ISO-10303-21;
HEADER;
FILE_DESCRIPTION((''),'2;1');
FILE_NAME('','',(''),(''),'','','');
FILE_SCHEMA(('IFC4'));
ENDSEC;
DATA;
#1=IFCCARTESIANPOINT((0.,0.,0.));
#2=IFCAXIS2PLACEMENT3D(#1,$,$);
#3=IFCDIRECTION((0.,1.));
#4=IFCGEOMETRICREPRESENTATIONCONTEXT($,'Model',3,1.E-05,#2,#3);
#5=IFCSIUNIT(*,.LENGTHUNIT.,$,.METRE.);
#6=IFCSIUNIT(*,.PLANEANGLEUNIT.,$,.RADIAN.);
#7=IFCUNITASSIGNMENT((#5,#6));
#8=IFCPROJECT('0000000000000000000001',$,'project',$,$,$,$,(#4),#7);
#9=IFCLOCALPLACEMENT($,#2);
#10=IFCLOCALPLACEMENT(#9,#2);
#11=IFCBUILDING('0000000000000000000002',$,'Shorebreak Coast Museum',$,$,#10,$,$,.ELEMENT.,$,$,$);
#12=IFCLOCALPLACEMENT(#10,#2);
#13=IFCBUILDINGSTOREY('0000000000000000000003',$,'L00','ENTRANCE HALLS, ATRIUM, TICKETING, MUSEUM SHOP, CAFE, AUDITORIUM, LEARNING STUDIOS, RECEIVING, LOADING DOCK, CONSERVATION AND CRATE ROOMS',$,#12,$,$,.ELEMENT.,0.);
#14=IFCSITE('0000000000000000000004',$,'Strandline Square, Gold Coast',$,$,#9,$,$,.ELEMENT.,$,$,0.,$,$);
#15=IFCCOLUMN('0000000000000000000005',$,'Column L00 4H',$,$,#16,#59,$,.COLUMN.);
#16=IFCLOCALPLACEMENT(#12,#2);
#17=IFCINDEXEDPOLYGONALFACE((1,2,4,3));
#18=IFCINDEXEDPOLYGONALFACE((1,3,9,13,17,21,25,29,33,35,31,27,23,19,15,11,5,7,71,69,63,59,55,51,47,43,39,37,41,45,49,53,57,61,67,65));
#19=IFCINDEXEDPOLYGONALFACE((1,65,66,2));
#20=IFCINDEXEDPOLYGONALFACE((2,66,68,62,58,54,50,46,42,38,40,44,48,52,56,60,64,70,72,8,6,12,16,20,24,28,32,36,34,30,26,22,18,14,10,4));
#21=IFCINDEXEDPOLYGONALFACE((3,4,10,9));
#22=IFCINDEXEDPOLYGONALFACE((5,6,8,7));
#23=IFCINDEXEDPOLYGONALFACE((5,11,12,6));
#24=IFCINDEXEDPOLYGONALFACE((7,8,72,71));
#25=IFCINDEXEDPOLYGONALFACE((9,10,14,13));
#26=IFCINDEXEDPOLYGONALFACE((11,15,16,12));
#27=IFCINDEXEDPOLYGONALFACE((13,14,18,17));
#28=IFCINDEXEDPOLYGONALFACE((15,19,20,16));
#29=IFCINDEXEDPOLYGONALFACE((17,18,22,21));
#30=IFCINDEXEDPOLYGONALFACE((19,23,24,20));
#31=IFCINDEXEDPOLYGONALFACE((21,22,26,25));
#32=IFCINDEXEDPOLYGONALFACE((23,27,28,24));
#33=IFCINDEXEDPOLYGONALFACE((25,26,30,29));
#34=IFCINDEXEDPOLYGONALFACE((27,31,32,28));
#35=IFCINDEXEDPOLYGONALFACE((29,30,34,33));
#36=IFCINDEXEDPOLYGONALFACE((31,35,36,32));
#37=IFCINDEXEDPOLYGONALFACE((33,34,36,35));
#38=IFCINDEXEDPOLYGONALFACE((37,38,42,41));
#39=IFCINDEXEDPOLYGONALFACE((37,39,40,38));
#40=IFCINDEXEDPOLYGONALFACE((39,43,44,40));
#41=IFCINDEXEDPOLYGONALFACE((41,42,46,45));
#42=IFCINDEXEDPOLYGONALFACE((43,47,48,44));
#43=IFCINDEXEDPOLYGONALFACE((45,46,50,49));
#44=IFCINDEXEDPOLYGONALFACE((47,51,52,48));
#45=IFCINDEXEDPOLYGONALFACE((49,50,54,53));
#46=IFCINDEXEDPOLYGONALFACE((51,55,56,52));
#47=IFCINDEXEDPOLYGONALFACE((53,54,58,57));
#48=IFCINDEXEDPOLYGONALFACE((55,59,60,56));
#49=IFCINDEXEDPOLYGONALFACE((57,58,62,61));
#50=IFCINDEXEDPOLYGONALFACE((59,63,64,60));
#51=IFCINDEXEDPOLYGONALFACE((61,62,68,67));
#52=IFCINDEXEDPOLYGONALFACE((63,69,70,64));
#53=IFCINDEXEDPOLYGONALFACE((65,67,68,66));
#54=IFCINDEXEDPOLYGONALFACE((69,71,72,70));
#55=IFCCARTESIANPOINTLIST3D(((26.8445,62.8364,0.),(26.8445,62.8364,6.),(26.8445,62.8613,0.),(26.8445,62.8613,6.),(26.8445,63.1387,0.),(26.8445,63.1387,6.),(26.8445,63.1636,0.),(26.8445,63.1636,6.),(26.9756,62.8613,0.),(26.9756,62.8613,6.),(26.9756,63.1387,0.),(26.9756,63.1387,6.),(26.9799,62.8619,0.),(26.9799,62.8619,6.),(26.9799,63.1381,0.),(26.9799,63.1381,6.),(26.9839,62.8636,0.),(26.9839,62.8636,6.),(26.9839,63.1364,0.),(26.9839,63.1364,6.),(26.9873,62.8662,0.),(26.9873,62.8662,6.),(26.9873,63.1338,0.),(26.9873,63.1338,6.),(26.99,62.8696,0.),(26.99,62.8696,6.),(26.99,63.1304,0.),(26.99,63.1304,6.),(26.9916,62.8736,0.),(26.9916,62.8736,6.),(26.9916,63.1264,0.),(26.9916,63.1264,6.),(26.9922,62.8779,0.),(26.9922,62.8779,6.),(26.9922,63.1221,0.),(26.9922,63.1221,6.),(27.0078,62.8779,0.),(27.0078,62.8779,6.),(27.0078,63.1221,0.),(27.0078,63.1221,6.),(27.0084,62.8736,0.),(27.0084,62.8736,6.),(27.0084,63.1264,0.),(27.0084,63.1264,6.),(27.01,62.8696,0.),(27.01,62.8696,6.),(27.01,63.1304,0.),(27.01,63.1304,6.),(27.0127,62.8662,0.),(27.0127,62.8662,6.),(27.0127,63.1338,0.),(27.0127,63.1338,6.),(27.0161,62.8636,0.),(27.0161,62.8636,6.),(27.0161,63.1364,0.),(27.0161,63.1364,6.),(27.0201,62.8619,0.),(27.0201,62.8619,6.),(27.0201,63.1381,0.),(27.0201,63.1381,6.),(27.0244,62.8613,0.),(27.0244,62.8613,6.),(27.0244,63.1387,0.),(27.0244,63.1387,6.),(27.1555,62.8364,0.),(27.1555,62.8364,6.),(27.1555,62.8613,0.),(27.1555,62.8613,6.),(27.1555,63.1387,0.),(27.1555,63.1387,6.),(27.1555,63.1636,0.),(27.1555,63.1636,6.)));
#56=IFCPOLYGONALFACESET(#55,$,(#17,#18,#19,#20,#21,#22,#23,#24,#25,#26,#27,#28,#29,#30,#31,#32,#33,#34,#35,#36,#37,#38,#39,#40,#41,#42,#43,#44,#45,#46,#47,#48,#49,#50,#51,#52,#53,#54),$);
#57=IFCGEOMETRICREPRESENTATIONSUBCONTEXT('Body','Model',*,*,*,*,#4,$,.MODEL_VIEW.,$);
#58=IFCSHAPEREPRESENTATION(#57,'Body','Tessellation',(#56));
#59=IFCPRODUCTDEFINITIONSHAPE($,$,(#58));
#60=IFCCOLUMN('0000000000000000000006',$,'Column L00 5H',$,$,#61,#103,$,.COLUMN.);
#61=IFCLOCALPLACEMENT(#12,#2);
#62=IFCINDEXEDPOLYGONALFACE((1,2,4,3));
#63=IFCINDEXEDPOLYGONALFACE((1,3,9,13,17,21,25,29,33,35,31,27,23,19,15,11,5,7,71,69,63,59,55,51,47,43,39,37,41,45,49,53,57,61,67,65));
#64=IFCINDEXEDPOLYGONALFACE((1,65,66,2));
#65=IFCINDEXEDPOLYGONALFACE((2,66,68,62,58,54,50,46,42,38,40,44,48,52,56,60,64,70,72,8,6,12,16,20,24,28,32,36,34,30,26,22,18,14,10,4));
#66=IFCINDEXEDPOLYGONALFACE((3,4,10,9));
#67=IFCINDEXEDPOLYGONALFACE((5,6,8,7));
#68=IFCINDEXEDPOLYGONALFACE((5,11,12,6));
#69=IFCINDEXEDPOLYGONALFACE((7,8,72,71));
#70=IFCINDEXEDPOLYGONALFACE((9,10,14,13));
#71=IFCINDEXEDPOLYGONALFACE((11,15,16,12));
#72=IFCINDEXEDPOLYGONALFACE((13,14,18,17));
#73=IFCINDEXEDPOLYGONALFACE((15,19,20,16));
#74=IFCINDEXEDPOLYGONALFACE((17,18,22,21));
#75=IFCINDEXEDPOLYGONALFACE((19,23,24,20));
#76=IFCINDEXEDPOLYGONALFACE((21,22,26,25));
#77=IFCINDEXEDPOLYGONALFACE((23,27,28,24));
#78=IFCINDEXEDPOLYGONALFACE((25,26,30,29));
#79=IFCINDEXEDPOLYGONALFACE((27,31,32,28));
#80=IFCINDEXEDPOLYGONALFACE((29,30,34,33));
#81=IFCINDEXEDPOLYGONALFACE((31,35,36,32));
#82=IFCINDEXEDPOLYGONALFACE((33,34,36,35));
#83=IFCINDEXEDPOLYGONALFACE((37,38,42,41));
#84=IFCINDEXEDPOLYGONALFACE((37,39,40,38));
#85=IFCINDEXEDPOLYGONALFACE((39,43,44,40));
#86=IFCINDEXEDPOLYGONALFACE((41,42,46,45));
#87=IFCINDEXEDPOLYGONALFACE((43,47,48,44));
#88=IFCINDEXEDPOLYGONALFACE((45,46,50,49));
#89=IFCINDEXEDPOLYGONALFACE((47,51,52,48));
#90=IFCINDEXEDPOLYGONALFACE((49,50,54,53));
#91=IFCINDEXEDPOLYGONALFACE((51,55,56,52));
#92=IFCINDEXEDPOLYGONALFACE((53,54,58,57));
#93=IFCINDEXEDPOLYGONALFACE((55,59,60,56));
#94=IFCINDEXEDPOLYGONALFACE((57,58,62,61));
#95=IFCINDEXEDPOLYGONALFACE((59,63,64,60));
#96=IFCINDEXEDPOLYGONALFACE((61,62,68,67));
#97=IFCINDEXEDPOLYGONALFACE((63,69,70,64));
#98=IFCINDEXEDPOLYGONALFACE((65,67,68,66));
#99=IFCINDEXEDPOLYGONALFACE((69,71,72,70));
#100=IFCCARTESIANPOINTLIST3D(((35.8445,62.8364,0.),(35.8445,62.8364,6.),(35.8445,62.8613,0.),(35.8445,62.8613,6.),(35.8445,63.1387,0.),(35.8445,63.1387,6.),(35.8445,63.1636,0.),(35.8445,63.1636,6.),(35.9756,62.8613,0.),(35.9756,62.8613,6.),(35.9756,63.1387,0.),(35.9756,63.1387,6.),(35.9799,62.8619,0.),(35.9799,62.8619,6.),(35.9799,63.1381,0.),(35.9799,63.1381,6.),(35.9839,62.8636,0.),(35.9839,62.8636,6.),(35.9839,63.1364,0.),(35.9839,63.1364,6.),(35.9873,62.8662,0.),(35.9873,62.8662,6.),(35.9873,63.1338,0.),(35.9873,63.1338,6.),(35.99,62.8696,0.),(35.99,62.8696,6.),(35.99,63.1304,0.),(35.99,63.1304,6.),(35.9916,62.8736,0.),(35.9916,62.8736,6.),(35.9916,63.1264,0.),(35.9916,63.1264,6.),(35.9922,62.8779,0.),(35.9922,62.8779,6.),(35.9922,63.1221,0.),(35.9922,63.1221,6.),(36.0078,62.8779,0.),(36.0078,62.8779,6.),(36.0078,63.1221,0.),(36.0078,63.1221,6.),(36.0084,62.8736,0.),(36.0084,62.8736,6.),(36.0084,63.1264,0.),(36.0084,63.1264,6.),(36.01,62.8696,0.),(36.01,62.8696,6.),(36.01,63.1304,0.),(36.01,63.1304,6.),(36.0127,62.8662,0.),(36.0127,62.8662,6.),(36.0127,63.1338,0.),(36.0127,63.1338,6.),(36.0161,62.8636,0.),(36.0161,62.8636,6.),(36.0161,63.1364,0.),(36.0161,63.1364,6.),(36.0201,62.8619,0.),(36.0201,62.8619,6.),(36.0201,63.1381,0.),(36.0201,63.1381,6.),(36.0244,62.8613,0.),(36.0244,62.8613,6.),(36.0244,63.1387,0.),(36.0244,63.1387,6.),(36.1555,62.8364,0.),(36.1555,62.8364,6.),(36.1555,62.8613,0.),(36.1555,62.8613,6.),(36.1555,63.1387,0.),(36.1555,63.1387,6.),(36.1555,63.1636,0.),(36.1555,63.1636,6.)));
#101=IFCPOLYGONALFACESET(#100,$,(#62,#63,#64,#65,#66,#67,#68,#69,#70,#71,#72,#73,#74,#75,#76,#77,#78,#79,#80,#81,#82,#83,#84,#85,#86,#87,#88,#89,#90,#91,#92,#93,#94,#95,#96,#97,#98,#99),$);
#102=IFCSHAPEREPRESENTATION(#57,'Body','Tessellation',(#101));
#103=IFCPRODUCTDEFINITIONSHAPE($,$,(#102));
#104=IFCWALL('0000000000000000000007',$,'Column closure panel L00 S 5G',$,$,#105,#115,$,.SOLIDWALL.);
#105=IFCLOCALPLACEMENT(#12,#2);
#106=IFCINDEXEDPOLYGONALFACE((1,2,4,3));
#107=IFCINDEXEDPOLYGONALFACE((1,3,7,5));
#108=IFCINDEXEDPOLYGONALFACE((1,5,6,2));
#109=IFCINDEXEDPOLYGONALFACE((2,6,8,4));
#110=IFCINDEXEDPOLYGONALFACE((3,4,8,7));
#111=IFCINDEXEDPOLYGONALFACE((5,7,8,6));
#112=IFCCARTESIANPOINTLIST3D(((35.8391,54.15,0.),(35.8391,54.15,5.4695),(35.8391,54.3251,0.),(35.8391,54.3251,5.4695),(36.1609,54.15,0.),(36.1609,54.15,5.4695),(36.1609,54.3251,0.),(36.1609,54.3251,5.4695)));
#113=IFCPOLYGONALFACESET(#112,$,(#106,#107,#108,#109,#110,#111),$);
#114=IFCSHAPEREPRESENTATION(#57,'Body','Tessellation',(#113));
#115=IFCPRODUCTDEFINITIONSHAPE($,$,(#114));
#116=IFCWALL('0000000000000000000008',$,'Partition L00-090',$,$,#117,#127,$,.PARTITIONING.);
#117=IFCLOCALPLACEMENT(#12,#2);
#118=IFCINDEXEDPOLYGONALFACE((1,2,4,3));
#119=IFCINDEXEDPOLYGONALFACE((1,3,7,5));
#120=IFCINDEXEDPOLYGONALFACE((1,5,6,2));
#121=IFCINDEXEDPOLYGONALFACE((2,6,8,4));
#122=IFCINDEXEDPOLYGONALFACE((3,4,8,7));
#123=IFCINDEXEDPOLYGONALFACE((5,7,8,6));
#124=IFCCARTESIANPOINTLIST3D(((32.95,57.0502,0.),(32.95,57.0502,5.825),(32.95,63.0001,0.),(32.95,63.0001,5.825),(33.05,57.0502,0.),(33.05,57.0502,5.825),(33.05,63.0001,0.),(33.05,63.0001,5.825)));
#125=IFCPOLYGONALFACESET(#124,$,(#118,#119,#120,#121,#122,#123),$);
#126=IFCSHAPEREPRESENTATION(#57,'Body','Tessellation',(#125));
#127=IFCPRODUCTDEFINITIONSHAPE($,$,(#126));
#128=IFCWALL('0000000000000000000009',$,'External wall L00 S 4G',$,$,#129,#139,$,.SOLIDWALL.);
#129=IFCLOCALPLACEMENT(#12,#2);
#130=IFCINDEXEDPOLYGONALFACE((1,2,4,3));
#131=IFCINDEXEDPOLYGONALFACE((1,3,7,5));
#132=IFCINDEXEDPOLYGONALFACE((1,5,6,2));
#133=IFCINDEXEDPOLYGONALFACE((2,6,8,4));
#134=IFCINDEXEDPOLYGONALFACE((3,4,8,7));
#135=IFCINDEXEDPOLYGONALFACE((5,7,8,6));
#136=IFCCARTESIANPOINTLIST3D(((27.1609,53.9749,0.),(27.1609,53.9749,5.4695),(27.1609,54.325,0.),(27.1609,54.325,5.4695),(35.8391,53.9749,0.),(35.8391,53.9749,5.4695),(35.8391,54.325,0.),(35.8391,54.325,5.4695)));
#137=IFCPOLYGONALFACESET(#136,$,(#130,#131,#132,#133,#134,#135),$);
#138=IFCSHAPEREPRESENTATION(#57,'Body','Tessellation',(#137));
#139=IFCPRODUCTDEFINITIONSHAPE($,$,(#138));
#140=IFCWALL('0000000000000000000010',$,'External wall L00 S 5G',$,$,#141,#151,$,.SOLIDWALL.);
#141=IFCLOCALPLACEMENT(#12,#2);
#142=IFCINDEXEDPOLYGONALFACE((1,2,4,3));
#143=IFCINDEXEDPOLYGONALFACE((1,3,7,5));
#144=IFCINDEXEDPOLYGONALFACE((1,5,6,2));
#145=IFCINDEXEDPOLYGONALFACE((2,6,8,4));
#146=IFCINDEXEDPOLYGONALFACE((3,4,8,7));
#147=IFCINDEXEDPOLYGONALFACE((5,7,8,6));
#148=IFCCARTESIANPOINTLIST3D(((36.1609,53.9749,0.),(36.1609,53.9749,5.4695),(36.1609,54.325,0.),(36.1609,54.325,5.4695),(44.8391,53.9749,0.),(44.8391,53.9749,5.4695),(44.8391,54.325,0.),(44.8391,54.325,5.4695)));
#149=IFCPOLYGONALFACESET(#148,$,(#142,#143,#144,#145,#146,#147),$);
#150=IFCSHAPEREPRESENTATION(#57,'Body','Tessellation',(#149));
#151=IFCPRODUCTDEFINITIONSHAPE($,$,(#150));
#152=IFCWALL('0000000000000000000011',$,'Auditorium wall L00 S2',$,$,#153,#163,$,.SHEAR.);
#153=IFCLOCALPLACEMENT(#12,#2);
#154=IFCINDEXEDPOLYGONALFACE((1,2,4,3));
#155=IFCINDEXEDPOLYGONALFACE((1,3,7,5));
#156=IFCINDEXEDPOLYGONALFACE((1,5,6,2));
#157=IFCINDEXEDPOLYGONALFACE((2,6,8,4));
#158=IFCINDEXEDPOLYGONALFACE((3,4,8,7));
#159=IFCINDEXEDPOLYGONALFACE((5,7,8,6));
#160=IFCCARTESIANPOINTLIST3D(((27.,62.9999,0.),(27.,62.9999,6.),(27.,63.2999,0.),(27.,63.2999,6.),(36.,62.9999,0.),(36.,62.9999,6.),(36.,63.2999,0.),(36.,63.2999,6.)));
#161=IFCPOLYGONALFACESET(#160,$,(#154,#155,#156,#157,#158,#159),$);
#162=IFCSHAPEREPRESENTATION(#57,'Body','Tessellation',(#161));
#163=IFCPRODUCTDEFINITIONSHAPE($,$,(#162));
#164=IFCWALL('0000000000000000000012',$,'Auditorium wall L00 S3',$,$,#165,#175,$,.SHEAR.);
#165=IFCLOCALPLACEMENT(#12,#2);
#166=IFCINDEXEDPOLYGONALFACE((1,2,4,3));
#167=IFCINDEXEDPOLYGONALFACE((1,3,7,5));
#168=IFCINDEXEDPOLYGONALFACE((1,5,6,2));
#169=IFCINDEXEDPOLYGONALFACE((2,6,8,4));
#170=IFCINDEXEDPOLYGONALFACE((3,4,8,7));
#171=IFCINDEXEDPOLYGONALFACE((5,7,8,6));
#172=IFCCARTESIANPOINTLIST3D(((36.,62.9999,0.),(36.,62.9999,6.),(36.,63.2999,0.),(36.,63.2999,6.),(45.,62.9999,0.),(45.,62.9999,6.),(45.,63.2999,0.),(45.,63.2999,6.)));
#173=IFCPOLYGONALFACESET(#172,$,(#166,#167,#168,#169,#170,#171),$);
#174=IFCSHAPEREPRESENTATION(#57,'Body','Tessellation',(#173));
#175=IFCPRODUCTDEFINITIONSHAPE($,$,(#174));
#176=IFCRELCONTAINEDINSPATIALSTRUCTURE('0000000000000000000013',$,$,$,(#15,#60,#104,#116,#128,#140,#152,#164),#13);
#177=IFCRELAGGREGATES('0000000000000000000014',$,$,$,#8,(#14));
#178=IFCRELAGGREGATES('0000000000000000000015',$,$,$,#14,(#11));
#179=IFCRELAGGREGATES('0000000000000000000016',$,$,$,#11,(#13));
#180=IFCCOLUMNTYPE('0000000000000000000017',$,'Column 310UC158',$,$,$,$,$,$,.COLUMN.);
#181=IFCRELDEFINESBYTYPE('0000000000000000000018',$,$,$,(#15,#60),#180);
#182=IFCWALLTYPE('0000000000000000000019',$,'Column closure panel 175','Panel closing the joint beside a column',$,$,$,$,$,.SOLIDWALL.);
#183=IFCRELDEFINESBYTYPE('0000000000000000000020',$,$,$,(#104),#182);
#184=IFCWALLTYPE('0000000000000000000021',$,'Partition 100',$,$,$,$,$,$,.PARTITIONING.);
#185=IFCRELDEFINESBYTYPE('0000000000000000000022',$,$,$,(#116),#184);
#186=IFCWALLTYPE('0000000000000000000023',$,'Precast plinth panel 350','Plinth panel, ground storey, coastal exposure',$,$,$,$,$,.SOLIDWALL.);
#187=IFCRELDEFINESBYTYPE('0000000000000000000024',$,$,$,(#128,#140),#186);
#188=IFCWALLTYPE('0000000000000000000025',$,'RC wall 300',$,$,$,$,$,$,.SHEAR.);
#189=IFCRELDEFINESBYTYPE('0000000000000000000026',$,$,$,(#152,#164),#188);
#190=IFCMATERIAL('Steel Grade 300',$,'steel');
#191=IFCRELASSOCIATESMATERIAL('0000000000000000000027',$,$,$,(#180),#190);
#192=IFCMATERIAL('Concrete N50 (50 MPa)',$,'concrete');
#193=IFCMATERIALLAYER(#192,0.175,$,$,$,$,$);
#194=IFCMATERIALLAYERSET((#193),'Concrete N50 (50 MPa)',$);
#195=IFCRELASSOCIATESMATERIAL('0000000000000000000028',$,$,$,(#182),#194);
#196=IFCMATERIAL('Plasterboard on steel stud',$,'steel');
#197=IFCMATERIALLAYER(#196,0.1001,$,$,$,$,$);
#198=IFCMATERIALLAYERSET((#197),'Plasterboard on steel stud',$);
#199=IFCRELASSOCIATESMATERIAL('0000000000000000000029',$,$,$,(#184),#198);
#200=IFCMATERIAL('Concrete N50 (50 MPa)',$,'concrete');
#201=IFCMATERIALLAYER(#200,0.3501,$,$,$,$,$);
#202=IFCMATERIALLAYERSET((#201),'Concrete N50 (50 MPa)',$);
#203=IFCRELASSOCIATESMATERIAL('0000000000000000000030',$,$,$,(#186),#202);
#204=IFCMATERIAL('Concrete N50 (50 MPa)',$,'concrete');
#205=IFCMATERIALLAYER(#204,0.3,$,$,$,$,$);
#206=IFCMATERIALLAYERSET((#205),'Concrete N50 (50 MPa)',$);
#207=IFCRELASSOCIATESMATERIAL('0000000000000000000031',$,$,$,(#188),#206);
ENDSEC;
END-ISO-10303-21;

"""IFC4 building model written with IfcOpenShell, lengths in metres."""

from ifc_helpers import new_model, si_unit, direction, frame, frame_2d, origin, origin_2d, place, context, subcontext, project, spatial, rectangle, i_section, extrude, material, layer, layer_set, material_profile, profile_set, type_object, element, save


model = new_model("IFC4")

# Units and contexts
model_context = context("Model", 3, precision=1e-05, world=origin(), true_north=direction((0.0, 1.0)))
body_context = subcontext(model_context, "Body", "Model", "MODEL_VIEW")
ifc_project = project(units=[si_unit("LENGTHUNIT", "METRE"), si_unit("PLANEANGLEUNIT", "RADIAN")], contexts=[model_context])

# Site, building, storey
site_placement = place(None, origin())
site = spatial("IfcSite", under=ifc_project, at=site_placement, Name="Strandline Square, Gold Coast", CompositionType="ELEMENT", RefElevation=0.0)
building_placement = place(site_placement, origin())
building = spatial("IfcBuilding", under=site, at=building_placement, Name="Shorebreak Coast Museum", CompositionType="ELEMENT")
storey_placement = place(building_placement, origin())
storey = spatial("IfcBuildingStorey", under=building, at=storey_placement, Name="L00", Description="ENTRANCE HALLS, ATRIUM, TICKETING, MUSEUM SHOP, CAFE, AUDITORIUM, LEARNING STUDIOS, RECEIVING, LOADING DOCK, CONSERVATION AND CRATE ROOMS", CompositionType="ELEMENT", Elevation=0.0)

# Columns
ifc_material_1 = material(Name="Steel Grade 300", Category="steel")
ifc_material_profile_1 = material_profile(ifc_material_1, i_section(OverallWidth=0.311, OverallDepth=0.3271, WebThickness=0.0156, FlangeThickness=0.0249, FilletRadius=0.0166, at=origin_2d()), Name="310UC158")
ifc_profile_set_1 = profile_set([ifc_material_profile_1], Name="Steel Grade 300")
column_type_1 = type_object("IfcColumnType", Name="Column 310UC158", PredefinedType="COLUMN", material=ifc_profile_set_1)
for number, where, z_axis, x_axis, name in (
    (1, (27.0, 63.0, 0.0), (0.0, 0.0, 1.0), (1.0, 0.0, 0.0), "Column L00 4H"),
    (2, (36.0, 63.0, 0.0), (0.0, 0.0, 1.0), (1.0, 0.0, 0.0), "Column L00 5H"),
):
    element("IfcColumn", number, at=place(storey_placement, frame(where, z_axis=z_axis, x_axis=x_axis)), inside=storey, type_object=column_type_1, Name=name, PredefinedType="COLUMN", context=body_context, shape_type="SweptSolid", body=[
        extrude(i_section(OverallWidth=0.311, OverallDepth=0.3271, WebThickness=0.0156, FlangeThickness=0.0249, FilletRadius=0.0166, at=origin_2d()), origin(), (0.0, 0.0, 1.0), 6.0),
    ])

# Walls
ifc_material_2 = material(Name="Concrete N50 (50 MPa)", Category="concrete")
ifc_layer_1 = layer(ifc_material_2, 0.175)
ifc_layer_set_1 = layer_set([ifc_layer_1], Name="Concrete N50 (50 MPa)")
wall_type_1 = type_object("IfcWallType", Name="Column closure panel 175", Description="Panel closing the joint beside a column", PredefinedType="SOLIDWALL", material=ifc_layer_set_1)
wall_1_placement = place(storey_placement, frame((35.8391, 54.2375, 0.0), z_axis=(0.0, 0.0, 1.0), x_axis=(1.0, 0.0, 0.0)))
element("IfcWall", 3, at=wall_1_placement, inside=storey, type_object=wall_type_1, Name="Column closure panel L00 S 5G", PredefinedType="SOLIDWALL", context=body_context, shape_type="SweptSolid", body=[
    extrude(rectangle(XDim=0.3218, YDim=0.175, at=frame_2d((0.1609, 0.0))), origin(), (0.0, 0.0, 1.0), 5.4695),
])
ifc_material_3 = material(Name="Plasterboard on steel stud", Category="steel")
ifc_layer_2 = layer(ifc_material_3, 0.1001)
ifc_layer_set_2 = layer_set([ifc_layer_2], Name="Plasterboard on steel stud")
wall_type_2 = type_object("IfcWallType", Name="Partition 100", PredefinedType="PARTITIONING", material=ifc_layer_set_2)
wall_2_placement = place(storey_placement, frame((33.0, 57.05, 0.0), z_axis=(0.0, 0.0, 1.0), x_axis=(0.0, 1.0, 0.0)))
element("IfcWall", 4, at=wall_2_placement, inside=storey, type_object=wall_type_2, Name="Partition L00-090", PredefinedType="PARTITIONING", context=body_context, shape_type="SweptSolid", body=[
    extrude(rectangle(XDim=5.95, YDim=0.1001, at=frame_2d((2.9751, 0.0))), origin(), (0.0, 0.0, 1.0), 5.825),
])
ifc_material_4 = material(Name="Concrete N50 (50 MPa)", Category="concrete")
ifc_layer_3 = layer(ifc_material_4, 0.3501)
ifc_layer_set_3 = layer_set([ifc_layer_3], Name="Concrete N50 (50 MPa)")
wall_type_3 = type_object("IfcWallType", Name="Precast plinth panel 350", Description="Plinth panel, ground storey, coastal exposure", PredefinedType="SOLIDWALL", material=ifc_layer_set_3)
for number, where, z_axis, x_axis, name in (
    (5, (27.1609, 54.1499, 0.0), (0.0, 0.0, 1.0), (1.0, 0.0, 0.0), "External wall L00 S 4G"),
    (6, (36.1609, 54.1499, 0.0), (0.0, 0.0, 1.0), (1.0, 0.0, 0.0), "External wall L00 S 5G"),
):
    element("IfcWall", number, at=place(storey_placement, frame(where, z_axis=z_axis, x_axis=x_axis)), inside=storey, type_object=wall_type_3, Name=name, PredefinedType="SOLIDWALL", context=body_context, shape_type="SweptSolid", body=[
        extrude(rectangle(XDim=8.6782, YDim=0.3501, at=frame_2d((4.3391, 0.0))), origin(), (0.0, 0.0, 1.0), 5.4695),
    ])
ifc_material_5 = material(Name="Concrete N50 (50 MPa)", Category="concrete")
ifc_layer_4 = layer(ifc_material_5, 0.3)
ifc_layer_set_4 = layer_set([ifc_layer_4], Name="Concrete N50 (50 MPa)")
wall_type_4 = type_object("IfcWallType", Name="RC wall 300", PredefinedType="SHEAR", material=ifc_layer_set_4)
for number, where, z_axis, x_axis, name in (
    (7, (27.0, 63.1499, 0.0), (0.0, 0.0, 1.0), (1.0, 0.0, 0.0), "Auditorium wall L00 S2"),
    (8, (36.0, 63.1499, 0.0), (0.0, 0.0, 1.0), (1.0, 0.0, 0.0), "Auditorium wall L00 S3"),
):
    element("IfcWall", number, at=place(storey_placement, frame(where, z_axis=z_axis, x_axis=x_axis)), inside=storey, type_object=wall_type_4, Name=name, PredefinedType="SHEAR", context=body_context, shape_type="SweptSolid", body=[
        extrude(rectangle(XDim=9.0, YDim=0.3, at=frame_2d((4.5, 0.0))), origin(), (0.0, 0.0, 1.0), 6.0),
    ])

save(model, "model.ifc")
